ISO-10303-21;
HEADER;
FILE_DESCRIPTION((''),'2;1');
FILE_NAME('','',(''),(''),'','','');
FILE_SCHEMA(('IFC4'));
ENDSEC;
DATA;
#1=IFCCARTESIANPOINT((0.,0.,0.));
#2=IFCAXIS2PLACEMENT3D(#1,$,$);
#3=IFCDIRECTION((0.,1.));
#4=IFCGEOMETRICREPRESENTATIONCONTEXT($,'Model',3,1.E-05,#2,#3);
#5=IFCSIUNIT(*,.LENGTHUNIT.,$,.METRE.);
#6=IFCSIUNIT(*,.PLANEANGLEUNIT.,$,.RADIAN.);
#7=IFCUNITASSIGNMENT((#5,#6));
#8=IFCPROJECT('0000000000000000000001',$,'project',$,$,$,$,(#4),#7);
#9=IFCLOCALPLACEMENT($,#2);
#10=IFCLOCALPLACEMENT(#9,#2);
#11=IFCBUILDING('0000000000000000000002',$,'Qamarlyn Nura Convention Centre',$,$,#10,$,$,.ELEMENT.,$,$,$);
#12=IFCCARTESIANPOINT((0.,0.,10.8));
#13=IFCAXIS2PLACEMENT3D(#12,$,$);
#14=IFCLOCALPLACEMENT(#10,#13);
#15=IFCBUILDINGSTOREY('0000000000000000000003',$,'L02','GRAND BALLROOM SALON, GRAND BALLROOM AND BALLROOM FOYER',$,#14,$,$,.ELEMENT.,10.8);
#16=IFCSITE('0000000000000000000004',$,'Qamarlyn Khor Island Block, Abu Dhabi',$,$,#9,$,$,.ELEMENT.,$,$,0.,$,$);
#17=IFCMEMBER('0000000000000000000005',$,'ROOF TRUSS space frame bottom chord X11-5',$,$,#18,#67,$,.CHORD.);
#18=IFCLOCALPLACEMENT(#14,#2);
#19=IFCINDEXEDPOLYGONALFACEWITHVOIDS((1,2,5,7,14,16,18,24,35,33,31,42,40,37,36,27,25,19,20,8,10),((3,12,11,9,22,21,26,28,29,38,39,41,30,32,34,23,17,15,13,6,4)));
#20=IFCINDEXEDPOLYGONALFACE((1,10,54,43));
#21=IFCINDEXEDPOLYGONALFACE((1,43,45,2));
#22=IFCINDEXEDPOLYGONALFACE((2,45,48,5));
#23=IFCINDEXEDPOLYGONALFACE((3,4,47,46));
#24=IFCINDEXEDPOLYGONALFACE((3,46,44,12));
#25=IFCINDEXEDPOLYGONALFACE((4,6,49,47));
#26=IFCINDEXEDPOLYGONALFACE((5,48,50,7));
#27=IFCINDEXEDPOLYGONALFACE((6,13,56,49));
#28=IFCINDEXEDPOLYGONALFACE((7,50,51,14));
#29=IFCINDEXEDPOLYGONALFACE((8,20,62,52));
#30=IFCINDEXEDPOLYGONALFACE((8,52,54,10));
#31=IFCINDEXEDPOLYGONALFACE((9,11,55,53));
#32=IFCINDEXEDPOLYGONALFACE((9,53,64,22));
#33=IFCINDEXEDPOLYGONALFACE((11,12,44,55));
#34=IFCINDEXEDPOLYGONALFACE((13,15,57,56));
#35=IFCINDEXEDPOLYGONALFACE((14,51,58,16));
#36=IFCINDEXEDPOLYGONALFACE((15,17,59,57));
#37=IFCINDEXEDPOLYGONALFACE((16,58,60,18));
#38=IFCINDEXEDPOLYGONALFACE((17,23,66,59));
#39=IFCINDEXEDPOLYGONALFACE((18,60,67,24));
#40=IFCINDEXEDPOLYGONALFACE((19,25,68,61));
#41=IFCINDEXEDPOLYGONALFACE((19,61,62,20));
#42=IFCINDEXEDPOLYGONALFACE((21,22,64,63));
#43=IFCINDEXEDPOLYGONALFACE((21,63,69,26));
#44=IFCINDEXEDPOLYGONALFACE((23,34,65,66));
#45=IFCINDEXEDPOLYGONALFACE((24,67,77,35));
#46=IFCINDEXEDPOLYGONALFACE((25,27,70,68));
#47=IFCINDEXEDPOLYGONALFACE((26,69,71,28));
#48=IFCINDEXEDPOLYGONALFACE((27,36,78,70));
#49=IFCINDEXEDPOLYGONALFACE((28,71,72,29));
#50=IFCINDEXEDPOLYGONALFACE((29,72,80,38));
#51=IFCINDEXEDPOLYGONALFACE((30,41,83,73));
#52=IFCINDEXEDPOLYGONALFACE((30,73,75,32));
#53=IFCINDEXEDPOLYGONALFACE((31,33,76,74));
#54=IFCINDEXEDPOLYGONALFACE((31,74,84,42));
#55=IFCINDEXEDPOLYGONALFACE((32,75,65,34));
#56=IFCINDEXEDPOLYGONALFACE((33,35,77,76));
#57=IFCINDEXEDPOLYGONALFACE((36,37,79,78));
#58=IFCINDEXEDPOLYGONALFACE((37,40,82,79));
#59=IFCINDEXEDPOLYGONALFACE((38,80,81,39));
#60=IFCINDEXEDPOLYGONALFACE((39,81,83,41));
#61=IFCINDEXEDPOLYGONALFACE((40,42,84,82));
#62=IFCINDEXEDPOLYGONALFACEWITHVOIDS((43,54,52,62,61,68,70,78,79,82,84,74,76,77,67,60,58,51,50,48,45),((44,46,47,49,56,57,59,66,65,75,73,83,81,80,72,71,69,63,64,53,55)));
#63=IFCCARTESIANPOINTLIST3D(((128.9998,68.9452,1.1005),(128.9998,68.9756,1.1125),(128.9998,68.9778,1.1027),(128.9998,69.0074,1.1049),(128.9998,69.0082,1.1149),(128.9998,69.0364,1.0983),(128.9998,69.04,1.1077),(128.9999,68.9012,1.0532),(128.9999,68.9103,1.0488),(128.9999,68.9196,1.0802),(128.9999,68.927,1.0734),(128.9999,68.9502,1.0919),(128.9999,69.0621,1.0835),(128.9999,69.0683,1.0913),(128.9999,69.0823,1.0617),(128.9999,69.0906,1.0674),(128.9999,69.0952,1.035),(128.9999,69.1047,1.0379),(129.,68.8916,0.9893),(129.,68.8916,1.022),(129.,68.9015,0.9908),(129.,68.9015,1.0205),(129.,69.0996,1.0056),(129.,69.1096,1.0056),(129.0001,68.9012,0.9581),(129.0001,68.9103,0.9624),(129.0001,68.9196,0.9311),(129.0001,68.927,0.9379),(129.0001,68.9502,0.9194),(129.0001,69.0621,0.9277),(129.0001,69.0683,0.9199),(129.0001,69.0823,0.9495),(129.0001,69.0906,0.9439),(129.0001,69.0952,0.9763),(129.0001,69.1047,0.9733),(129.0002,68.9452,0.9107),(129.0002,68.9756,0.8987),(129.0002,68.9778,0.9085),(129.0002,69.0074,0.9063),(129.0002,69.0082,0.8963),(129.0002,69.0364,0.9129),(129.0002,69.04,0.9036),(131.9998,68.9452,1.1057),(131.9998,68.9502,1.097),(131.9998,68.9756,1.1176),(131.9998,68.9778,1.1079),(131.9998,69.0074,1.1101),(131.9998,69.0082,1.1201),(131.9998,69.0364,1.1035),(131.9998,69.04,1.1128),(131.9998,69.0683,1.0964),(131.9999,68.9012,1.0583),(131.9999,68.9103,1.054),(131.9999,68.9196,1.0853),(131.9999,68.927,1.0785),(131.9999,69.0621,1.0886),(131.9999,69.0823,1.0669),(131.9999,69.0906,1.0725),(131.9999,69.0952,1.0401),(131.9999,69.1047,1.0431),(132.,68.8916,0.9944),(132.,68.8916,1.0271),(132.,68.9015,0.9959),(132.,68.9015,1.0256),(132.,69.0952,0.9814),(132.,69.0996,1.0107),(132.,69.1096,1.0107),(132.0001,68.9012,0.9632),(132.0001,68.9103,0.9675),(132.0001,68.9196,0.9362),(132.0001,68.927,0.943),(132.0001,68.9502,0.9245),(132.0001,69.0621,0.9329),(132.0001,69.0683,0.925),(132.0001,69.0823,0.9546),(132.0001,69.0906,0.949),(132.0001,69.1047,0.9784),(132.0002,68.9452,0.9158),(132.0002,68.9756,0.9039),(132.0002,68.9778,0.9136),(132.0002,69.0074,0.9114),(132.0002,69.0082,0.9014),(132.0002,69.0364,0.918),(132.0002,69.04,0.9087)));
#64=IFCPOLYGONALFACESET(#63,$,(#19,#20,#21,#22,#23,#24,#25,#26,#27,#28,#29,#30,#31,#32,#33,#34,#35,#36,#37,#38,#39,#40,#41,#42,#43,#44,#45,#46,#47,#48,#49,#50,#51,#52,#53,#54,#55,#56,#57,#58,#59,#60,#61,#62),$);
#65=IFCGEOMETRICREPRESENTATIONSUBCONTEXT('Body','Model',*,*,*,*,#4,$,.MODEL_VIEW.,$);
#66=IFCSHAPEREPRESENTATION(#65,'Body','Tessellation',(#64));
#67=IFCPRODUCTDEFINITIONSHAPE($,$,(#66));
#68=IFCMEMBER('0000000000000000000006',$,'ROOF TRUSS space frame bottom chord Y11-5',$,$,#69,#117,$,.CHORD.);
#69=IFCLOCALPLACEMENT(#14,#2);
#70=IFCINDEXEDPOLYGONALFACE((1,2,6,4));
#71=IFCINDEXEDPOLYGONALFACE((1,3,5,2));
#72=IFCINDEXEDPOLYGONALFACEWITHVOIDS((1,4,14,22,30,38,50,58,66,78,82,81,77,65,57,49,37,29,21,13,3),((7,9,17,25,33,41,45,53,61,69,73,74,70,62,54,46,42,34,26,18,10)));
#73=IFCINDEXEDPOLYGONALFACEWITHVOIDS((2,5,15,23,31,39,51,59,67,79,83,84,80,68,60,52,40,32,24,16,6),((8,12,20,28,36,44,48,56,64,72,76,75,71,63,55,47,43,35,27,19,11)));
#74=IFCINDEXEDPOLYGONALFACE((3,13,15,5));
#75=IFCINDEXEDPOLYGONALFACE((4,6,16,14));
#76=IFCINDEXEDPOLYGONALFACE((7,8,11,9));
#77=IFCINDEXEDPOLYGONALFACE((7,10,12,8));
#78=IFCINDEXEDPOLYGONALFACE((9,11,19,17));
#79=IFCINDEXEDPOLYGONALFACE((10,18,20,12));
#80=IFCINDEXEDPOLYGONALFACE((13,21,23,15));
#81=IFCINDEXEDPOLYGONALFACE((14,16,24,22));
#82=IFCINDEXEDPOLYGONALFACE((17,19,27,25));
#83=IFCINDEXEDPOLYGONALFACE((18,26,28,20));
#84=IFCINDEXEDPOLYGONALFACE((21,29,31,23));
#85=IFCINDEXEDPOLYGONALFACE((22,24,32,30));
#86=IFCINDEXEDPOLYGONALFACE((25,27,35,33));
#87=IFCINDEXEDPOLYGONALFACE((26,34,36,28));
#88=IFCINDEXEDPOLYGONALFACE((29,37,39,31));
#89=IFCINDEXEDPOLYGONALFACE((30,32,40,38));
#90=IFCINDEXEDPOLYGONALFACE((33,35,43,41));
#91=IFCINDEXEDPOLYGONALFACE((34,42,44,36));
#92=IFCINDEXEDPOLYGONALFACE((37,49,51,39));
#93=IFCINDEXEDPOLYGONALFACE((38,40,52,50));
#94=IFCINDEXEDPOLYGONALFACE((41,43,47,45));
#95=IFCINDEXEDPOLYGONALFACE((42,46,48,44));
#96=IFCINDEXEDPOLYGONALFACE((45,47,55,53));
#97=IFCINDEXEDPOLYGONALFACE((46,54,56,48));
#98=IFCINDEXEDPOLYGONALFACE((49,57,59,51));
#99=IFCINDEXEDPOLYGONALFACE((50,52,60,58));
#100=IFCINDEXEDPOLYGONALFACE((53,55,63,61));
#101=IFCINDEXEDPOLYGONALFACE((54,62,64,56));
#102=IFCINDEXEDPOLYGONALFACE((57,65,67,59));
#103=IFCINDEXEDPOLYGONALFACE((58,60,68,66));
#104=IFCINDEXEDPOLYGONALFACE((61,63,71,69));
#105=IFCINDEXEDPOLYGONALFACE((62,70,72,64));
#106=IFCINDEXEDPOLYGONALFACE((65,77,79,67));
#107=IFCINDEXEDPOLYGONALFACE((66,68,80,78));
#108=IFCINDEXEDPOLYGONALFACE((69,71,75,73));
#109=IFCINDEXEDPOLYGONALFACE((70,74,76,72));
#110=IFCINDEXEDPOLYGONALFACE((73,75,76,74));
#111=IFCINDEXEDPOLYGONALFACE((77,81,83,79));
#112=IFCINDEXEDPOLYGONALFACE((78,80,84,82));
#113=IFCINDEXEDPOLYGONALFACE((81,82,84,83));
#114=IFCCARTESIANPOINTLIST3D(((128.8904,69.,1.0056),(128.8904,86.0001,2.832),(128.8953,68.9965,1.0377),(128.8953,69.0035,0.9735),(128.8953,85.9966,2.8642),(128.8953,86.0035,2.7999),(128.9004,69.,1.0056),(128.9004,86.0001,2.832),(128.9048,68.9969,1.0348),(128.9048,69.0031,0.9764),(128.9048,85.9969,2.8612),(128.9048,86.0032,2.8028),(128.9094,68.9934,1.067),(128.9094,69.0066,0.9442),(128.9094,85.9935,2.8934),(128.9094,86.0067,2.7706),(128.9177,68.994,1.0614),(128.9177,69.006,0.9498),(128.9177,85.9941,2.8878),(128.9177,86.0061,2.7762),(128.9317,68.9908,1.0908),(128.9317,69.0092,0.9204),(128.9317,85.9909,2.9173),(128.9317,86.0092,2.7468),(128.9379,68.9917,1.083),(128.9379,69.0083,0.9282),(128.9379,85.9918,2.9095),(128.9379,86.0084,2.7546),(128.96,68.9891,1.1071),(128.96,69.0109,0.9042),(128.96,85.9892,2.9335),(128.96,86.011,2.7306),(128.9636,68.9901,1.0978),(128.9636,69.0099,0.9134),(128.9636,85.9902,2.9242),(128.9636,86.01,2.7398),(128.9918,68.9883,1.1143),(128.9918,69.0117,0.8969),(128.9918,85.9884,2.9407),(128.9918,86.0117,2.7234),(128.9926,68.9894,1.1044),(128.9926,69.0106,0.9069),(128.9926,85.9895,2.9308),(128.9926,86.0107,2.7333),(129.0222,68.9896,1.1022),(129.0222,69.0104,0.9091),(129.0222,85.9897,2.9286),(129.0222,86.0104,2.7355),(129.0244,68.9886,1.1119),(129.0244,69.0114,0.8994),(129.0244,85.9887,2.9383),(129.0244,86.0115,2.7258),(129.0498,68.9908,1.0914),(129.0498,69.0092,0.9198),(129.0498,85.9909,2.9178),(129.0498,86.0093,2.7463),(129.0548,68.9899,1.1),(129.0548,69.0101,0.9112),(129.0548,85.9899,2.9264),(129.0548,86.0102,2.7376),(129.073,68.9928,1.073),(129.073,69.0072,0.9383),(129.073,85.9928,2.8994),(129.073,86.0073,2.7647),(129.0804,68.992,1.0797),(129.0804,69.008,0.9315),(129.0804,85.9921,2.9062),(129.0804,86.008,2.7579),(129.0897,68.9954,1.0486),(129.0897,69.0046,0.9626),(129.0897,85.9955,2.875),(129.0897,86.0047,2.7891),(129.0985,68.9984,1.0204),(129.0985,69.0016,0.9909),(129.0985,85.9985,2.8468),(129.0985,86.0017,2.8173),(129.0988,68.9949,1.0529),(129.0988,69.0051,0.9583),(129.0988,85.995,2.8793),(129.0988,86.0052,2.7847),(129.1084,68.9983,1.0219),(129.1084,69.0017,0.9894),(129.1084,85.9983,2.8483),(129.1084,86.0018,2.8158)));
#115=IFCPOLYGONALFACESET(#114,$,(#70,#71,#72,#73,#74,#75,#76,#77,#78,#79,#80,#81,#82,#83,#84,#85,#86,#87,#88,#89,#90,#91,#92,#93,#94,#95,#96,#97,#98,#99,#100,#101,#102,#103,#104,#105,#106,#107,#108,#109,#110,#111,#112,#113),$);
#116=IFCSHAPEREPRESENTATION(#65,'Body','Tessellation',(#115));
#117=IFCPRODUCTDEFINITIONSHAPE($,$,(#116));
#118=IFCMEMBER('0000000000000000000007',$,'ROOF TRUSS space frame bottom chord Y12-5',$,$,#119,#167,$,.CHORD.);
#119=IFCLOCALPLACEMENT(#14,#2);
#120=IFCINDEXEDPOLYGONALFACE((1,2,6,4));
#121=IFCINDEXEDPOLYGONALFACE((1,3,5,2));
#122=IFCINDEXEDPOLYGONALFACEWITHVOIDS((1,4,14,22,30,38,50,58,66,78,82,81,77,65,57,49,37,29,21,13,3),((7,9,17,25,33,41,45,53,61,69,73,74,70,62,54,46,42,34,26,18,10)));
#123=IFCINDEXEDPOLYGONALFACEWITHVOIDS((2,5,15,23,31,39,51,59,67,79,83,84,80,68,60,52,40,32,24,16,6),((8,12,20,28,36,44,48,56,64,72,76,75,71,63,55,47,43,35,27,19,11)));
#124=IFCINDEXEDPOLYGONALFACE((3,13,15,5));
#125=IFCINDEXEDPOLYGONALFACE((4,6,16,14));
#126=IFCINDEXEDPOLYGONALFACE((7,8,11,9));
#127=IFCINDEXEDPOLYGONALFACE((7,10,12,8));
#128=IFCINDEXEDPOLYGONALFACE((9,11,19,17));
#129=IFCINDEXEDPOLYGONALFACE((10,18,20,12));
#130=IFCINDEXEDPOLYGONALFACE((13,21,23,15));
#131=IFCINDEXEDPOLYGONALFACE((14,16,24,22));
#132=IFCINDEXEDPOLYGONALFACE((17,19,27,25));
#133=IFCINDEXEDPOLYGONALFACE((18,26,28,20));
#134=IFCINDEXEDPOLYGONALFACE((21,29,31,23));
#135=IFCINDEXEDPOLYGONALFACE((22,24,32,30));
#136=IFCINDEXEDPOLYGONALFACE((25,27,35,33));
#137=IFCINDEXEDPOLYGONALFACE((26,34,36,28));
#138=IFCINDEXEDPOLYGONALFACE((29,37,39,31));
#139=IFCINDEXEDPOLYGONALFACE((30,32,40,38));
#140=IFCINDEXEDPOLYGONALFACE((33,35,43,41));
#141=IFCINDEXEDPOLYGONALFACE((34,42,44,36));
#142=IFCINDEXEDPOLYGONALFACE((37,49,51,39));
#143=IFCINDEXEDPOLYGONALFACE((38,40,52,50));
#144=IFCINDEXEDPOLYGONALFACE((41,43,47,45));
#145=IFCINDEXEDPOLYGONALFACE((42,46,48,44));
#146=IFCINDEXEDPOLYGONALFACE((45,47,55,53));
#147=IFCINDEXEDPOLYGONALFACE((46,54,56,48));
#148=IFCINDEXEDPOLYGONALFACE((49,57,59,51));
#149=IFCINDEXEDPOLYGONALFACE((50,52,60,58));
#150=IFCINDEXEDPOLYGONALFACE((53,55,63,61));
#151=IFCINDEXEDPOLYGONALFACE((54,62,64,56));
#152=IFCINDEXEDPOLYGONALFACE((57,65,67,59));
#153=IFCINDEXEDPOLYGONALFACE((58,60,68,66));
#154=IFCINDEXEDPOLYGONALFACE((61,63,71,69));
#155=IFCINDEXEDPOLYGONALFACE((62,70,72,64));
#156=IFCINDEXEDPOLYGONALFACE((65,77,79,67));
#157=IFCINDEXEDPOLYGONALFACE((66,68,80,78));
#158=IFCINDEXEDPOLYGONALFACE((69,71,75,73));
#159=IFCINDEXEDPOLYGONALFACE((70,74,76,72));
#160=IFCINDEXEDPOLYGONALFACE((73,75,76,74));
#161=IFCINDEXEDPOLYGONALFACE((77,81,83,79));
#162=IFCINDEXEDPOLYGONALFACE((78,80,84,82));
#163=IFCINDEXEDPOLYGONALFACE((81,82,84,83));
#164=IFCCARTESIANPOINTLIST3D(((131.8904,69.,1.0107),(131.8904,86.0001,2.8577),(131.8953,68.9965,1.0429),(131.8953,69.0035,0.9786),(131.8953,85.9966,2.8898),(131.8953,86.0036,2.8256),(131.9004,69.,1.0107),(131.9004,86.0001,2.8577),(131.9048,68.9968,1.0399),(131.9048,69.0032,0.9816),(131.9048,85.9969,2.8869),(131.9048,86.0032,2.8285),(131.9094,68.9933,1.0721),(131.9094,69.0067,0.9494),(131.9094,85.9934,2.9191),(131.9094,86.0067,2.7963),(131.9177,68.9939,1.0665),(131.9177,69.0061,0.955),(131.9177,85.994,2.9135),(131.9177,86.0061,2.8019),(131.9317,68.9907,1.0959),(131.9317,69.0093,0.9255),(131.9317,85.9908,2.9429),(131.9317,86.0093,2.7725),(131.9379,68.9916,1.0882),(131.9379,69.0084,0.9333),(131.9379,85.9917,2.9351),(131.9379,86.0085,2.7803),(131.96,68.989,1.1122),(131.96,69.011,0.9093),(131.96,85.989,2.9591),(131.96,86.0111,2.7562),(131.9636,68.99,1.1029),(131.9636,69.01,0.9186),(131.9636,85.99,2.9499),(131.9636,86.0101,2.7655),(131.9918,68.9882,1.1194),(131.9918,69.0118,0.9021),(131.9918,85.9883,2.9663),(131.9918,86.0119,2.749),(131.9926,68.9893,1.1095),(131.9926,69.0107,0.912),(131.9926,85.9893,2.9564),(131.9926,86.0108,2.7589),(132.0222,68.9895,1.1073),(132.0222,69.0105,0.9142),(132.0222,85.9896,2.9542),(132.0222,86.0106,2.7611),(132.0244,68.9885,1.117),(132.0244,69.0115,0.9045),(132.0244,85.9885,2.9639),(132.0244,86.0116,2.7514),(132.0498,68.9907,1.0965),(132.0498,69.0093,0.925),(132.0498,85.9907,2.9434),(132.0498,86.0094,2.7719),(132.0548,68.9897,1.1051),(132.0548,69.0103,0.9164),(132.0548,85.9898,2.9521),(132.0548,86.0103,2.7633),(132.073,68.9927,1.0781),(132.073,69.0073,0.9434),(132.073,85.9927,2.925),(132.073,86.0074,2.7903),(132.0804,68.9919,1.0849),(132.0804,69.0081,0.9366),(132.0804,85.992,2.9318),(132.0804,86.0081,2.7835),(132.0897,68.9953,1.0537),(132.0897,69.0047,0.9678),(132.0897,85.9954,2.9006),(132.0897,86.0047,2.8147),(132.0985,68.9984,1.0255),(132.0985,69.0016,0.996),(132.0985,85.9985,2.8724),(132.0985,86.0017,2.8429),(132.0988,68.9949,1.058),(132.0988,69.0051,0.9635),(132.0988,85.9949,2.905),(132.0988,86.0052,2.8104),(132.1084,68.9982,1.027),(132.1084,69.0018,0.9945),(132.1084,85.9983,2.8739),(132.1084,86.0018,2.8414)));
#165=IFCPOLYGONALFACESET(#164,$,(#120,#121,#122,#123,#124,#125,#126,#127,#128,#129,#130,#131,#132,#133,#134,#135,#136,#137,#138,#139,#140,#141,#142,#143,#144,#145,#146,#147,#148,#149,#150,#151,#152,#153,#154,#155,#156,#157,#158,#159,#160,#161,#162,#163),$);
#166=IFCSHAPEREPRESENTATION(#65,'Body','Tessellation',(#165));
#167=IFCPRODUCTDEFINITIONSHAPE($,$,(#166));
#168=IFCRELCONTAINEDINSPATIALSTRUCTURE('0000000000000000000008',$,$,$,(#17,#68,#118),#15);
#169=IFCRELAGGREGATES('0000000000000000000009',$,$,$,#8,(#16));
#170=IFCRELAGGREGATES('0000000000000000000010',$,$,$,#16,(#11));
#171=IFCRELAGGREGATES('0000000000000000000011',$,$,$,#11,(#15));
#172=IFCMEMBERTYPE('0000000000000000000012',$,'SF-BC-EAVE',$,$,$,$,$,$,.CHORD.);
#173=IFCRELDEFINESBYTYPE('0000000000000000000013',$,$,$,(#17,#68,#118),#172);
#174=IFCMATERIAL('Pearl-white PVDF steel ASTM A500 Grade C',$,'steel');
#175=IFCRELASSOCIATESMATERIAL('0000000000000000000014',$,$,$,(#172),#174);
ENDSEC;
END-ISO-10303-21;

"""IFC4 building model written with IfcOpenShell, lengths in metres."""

from ifc_helpers import new_model, si_unit, direction, frame, origin, origin_2d, place, context, subcontext, project, spatial, hollow_circle, extrude, material, material_profile, profile_set, type_object, element, save


model = new_model("IFC4")

# Units and contexts
model_context = context("Model", 3, precision=1e-05, world=origin(), true_north=direction((0.0, 1.0)))
body_context = subcontext(model_context, "Body", "Model", "MODEL_VIEW")
ifc_project = project(units=[si_unit("LENGTHUNIT", "METRE"), si_unit("PLANEANGLEUNIT", "RADIAN")], contexts=[model_context])

# Site, building, storey
site_placement = place(None, origin())
site = spatial("IfcSite", under=ifc_project, at=site_placement, Name="Qamarlyn Khor Island Block, Abu Dhabi", CompositionType="ELEMENT", RefElevation=0.0)
building_placement = place(site_placement, origin())
building = spatial("IfcBuilding", under=site, at=building_placement, Name="Qamarlyn Nura Convention Centre", CompositionType="ELEMENT")
storey_placement = place(building_placement, frame((0.0, 0.0, 10.8)))
storey = spatial("IfcBuildingStorey", under=building, at=storey_placement, Name="L02", Description="GRAND BALLROOM SALON, GRAND BALLROOM AND BALLROOM FOYER", CompositionType="ELEMENT", Elevation=10.8)

# Members
ifc_material_1 = material(Name="Pearl-white PVDF steel ASTM A500 Grade C", Category="steel")
ifc_material_profile_1 = material_profile(ifc_material_1, hollow_circle(Radius=0.1096, WallThickness=0.01, at=origin_2d()), Name="CHS219.1X10")
ifc_profile_set_1 = profile_set([ifc_material_profile_1], Name="Pearl-white PVDF steel ASTM A500 Grade C")
member_type_1 = type_object("IfcMemberType", Name="SF-BC-EAVE", PredefinedType="CHORD", material=ifc_profile_set_1)
member_1_placement = place(storey_placement, frame((129.0, 69.0, 1.0056), z_axis=(0.999999, 0.0, 0.001709), x_axis=(0.0, 1.0, 0.0)))
element("IfcMember", 1, at=member_1_placement, inside=storey, type_object=member_type_1, Name="ROOF TRUSS space frame bottom chord X11-5", PredefinedType="CHORD", context=body_context, shape_type="SweptSolid", body=[
    extrude(hollow_circle(Radius=0.1096, WallThickness=0.01, at=origin_2d()), origin(), (0.0, 0.0, 1.0), 3.0),
])
member_2_placement = place(storey_placement, frame((129.0, 69.0, 1.0056), z_axis=(0.0, 0.994278, 0.106822), x_axis=(-1.0, 0.0, 0.0)))
element("IfcMember", 2, at=member_2_placement, inside=storey, type_object=member_type_1, Name="ROOF TRUSS space frame bottom chord Y11-5", PredefinedType="CHORD", context=body_context, shape_type="SweptSolid", body=[
    extrude(hollow_circle(Radius=0.1096, WallThickness=0.01, at=origin_2d()), origin(), (0.0, 0.0, 1.0), 17.0979),
])
member_3_placement = place(storey_placement, frame((132.0, 69.0, 1.0107), z_axis=(0.0, 0.99415, 0.108007), x_axis=(-1.0, 0.0, 0.0)))
element("IfcMember", 3, at=member_3_placement, inside=storey, type_object=member_type_1, Name="ROOF TRUSS space frame bottom chord Y12-5", PredefinedType="CHORD", context=body_context, shape_type="SweptSolid", body=[
    extrude(hollow_circle(Radius=0.1096, WallThickness=0.01, at=origin_2d()), origin(), (0.0, 0.0, 1.0), 17.1001),
])

save(model, "model.ifc")
